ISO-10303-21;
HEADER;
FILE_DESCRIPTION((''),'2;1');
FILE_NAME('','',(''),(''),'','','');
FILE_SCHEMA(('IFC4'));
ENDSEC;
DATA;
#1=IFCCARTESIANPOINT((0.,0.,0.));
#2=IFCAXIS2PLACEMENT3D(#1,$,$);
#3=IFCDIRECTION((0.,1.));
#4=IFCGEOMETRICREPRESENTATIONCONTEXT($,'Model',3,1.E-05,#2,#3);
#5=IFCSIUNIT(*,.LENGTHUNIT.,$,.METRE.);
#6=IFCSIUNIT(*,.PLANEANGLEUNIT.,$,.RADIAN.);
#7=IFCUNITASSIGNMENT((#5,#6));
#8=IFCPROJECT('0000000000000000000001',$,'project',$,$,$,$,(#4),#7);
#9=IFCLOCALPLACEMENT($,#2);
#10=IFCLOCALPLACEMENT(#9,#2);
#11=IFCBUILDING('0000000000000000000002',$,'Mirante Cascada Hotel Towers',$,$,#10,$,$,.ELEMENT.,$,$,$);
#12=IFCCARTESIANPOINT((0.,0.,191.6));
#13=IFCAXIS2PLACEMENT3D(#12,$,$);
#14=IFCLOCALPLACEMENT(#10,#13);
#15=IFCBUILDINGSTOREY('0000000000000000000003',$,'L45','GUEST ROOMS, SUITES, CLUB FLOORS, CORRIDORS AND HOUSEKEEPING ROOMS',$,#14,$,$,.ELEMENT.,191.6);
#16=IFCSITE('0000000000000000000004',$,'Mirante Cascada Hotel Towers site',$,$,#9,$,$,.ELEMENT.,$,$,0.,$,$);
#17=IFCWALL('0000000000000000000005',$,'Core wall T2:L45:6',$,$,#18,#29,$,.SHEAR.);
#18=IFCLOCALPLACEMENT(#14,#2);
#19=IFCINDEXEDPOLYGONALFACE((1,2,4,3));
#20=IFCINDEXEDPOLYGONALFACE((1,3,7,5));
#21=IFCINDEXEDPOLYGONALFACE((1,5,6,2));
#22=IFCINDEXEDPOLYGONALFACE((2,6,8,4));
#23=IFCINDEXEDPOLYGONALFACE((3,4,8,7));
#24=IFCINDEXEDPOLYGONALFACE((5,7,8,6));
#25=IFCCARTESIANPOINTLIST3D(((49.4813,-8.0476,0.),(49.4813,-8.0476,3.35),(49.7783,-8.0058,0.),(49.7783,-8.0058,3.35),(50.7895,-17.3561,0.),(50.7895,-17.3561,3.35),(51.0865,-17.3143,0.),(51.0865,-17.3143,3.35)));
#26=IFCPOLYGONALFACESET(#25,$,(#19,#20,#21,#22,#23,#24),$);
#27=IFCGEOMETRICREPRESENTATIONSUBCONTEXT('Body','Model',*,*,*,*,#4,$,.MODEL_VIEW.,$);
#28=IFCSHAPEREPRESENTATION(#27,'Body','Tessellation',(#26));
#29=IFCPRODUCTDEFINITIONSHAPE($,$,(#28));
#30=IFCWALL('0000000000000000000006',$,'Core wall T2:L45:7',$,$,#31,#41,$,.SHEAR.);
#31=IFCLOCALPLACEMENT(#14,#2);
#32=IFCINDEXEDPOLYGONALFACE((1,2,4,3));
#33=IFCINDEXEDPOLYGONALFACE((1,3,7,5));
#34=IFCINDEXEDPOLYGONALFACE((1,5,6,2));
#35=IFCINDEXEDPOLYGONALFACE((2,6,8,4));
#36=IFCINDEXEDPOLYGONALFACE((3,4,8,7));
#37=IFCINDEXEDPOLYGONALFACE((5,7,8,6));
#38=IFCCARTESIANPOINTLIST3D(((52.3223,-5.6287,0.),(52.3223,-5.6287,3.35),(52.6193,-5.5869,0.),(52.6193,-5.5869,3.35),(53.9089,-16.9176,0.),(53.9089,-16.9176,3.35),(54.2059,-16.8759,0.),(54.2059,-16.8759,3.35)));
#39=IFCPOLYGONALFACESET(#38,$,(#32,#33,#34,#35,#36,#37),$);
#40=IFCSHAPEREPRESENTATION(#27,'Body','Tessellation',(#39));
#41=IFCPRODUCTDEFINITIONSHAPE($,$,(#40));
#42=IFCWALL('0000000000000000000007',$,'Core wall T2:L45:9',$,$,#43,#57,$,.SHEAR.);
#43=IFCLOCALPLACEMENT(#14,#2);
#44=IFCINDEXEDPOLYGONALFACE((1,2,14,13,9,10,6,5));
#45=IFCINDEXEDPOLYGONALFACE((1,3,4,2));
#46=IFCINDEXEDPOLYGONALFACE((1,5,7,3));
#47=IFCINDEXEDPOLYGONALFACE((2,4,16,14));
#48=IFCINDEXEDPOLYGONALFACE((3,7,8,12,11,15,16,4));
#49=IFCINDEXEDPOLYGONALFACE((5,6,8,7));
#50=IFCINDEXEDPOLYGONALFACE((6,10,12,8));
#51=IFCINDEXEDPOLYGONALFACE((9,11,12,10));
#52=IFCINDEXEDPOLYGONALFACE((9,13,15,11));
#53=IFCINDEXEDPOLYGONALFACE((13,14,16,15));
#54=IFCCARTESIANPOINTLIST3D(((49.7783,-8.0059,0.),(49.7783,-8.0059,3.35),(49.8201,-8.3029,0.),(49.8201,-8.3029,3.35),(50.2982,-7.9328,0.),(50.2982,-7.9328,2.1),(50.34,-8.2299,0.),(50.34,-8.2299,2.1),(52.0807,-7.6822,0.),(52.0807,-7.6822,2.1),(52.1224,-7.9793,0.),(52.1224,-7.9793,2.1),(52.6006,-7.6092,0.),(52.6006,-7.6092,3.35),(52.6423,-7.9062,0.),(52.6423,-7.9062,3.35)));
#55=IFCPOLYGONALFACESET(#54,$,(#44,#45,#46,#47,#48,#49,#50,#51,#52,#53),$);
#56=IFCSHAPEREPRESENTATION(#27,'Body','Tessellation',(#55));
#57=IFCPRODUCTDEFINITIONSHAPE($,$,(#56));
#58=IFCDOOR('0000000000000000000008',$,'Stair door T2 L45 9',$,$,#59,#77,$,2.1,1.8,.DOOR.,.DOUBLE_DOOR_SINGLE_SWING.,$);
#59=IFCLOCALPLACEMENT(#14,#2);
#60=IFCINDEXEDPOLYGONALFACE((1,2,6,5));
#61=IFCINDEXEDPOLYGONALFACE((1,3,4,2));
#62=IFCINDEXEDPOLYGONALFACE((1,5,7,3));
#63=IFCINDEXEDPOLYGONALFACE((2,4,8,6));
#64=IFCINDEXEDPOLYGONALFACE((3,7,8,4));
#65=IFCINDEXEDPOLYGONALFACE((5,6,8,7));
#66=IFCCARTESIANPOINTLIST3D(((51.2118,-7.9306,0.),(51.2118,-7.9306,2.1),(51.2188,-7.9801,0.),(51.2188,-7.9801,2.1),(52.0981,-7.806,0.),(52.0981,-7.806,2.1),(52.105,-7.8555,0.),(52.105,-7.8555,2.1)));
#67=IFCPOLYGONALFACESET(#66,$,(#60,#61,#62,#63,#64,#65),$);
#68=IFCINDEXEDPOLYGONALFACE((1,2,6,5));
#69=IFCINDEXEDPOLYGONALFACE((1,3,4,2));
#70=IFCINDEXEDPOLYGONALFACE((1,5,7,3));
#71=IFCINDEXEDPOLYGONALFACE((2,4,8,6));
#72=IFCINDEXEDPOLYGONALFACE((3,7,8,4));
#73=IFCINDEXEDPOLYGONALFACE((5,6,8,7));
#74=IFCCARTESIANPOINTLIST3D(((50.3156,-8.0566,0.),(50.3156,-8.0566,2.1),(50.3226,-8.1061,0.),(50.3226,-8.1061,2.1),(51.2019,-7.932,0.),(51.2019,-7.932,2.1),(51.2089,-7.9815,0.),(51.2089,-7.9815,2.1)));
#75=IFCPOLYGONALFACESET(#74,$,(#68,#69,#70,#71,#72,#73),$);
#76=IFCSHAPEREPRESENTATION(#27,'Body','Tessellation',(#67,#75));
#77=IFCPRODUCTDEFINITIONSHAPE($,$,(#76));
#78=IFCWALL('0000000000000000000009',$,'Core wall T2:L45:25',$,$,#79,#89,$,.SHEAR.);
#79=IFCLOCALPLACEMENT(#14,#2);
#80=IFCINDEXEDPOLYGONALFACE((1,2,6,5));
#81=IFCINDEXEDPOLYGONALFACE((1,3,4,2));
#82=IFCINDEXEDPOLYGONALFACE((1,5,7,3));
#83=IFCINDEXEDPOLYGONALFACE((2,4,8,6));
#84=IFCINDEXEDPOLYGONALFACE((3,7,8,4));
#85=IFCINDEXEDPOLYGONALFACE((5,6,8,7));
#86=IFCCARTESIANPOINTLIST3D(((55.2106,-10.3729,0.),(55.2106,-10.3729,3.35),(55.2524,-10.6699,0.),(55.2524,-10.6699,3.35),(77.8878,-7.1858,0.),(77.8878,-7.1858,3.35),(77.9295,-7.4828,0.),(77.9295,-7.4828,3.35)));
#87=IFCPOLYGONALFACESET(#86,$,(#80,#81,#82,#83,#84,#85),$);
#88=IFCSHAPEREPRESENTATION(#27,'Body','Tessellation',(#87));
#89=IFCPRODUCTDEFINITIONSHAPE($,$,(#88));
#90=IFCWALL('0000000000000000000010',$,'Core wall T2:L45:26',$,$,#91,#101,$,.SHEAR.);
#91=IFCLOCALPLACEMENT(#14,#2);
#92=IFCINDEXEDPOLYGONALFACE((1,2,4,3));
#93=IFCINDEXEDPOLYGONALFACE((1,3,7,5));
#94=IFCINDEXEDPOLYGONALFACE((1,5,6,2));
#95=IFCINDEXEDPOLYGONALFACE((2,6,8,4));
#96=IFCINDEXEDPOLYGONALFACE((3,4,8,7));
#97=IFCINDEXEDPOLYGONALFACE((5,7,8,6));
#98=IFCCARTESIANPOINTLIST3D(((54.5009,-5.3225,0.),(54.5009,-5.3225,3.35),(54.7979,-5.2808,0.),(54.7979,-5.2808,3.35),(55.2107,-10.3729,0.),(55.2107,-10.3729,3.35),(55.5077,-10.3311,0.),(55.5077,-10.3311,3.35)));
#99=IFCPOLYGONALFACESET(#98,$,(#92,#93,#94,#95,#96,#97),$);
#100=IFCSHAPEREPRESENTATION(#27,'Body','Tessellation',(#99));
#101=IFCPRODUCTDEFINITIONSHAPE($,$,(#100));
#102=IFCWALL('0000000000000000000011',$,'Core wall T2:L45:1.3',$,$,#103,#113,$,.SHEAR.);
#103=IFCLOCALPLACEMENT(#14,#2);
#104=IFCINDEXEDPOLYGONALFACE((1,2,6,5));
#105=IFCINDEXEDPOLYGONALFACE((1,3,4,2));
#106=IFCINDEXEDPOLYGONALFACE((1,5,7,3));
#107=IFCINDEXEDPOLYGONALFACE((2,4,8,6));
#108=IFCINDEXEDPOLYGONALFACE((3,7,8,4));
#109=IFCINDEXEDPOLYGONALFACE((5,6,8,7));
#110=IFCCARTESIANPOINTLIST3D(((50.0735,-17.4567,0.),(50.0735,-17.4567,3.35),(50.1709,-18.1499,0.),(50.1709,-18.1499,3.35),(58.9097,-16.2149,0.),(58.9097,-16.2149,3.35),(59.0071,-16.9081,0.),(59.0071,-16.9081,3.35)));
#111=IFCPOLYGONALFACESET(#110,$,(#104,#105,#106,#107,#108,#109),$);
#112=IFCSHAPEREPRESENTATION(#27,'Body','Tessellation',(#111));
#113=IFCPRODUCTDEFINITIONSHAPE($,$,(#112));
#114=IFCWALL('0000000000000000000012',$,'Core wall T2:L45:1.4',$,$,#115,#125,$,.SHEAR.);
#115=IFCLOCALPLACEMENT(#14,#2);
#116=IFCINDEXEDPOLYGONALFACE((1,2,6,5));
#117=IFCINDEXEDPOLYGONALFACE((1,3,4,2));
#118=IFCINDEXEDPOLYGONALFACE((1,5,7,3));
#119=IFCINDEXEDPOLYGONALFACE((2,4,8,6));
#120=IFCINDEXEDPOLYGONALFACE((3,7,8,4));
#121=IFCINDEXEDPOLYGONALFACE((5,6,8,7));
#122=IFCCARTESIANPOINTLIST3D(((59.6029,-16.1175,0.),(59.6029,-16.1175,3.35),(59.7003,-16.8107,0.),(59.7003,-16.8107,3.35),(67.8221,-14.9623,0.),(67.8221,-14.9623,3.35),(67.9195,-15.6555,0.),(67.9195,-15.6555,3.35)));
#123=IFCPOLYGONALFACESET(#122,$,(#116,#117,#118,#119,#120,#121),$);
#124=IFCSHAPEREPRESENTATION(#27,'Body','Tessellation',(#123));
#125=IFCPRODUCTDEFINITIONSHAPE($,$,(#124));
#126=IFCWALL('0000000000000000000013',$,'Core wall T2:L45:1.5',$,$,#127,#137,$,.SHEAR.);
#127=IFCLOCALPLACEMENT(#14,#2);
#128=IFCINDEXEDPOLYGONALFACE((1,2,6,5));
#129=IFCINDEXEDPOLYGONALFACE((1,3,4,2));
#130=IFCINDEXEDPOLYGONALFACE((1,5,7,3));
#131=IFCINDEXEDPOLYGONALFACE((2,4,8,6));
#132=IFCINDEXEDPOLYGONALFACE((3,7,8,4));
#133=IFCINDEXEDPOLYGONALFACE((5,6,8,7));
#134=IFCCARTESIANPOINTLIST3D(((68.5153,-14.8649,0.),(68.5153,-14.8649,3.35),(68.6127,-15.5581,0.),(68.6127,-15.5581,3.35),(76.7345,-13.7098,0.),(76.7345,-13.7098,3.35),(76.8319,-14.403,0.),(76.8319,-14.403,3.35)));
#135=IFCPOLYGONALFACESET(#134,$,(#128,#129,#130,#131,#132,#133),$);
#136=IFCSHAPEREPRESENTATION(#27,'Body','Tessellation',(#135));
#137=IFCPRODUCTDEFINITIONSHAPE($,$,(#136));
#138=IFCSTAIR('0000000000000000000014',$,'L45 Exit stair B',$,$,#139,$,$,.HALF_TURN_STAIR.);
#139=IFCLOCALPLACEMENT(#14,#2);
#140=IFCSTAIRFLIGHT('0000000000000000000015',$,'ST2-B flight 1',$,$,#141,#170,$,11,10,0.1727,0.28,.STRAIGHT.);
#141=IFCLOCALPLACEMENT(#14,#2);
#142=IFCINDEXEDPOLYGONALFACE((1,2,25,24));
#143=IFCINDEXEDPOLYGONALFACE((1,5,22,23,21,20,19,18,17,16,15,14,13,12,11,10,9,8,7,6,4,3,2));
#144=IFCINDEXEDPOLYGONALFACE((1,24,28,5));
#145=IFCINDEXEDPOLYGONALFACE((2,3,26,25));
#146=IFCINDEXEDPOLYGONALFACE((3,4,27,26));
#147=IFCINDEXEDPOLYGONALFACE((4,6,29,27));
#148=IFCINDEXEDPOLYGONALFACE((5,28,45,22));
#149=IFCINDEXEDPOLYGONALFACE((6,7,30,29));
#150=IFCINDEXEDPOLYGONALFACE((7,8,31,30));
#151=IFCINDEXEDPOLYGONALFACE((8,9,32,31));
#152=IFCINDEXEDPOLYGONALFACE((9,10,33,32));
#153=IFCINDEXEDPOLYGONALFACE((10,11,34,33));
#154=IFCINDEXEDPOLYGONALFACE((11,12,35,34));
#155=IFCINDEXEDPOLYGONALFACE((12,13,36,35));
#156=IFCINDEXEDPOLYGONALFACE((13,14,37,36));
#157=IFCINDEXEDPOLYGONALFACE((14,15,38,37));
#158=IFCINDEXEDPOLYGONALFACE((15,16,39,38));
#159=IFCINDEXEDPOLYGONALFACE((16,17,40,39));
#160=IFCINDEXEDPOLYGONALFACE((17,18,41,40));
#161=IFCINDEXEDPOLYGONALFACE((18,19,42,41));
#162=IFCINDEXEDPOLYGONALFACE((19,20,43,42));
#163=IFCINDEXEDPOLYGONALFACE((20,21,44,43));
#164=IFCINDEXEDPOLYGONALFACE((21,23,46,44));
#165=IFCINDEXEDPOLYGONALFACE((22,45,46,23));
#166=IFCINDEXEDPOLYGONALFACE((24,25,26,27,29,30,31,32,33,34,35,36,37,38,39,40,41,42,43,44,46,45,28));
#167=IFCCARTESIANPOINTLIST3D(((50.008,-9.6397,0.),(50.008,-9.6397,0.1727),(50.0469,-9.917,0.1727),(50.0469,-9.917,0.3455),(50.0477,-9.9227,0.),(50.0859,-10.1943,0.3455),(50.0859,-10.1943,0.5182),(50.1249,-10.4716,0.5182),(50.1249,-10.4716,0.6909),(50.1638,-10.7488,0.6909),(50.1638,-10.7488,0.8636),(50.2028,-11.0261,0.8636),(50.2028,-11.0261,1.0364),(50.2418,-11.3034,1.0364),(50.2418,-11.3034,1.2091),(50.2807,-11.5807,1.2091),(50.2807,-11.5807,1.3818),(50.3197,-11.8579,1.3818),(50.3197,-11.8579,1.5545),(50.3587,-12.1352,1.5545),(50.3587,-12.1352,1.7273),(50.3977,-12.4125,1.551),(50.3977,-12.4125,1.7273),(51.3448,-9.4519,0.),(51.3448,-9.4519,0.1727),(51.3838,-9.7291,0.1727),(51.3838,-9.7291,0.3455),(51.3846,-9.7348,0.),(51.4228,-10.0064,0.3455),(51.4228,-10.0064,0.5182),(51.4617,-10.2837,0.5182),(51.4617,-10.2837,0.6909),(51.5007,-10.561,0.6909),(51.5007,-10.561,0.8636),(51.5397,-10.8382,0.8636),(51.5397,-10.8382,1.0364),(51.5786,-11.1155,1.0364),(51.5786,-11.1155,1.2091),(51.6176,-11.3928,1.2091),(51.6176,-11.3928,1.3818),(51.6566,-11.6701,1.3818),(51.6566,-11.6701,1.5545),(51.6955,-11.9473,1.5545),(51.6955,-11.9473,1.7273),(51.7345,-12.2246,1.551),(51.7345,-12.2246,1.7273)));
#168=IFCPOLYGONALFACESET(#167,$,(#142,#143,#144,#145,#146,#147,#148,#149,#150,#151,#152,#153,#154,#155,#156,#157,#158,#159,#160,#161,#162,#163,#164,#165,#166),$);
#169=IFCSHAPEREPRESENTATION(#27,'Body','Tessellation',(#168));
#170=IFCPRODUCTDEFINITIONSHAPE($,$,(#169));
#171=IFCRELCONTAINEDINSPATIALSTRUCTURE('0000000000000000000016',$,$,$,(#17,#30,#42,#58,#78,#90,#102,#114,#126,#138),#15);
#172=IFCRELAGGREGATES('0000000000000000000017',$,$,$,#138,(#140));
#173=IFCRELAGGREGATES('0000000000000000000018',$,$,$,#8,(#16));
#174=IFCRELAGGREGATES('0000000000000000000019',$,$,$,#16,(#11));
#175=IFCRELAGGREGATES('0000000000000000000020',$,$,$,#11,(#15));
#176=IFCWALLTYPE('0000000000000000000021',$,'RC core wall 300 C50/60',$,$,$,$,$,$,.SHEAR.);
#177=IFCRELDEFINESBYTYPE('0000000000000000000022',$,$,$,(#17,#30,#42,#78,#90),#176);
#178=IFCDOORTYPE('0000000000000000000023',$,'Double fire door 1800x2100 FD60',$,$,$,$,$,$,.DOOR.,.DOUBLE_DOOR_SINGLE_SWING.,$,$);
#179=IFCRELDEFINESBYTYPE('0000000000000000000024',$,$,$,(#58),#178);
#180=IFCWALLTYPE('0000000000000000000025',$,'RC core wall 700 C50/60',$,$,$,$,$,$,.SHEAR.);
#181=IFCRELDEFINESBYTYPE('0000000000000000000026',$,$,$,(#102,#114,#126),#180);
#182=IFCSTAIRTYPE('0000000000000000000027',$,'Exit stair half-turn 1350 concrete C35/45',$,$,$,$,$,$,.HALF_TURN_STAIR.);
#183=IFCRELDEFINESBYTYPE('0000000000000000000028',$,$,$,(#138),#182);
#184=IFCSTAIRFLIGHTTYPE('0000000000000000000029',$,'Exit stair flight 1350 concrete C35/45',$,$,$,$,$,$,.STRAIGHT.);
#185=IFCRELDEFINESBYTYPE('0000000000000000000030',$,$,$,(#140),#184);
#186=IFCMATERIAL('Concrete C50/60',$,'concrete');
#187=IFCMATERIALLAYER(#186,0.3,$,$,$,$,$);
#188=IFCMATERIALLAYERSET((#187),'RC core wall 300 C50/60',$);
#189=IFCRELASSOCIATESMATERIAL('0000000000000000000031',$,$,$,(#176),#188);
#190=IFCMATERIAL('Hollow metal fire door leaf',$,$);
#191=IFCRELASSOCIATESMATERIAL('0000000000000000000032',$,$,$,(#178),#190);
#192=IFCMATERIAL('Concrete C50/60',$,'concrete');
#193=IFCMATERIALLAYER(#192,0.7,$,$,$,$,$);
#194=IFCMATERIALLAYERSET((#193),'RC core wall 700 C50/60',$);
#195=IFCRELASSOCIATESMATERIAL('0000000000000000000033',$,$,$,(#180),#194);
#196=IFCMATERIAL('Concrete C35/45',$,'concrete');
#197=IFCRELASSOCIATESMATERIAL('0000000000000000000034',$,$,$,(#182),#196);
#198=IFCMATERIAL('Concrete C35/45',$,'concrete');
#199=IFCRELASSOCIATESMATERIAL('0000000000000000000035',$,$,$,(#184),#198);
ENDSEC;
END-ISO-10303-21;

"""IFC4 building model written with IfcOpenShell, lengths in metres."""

from ifc_helpers import new_model, si_unit, direction, frame, frame_2d, origin, place, context, subcontext, project, spatial, polyline, rectangle, outline, extrude, material, layer, layer_set, type_object, element, fill, aggregate, save


model = new_model("IFC4")

# Units and contexts
model_context = context("Model", 3, precision=1e-05, world=origin(), true_north=direction((0.0, 1.0)))
body_context = subcontext(model_context, "Body", "Model", "MODEL_VIEW")
ifc_project = project(units=[si_unit("LENGTHUNIT", "METRE"), si_unit("PLANEANGLEUNIT", "RADIAN")], contexts=[model_context])

# Site, building, storey
site_placement = place(None, origin())
site = spatial("IfcSite", under=ifc_project, at=site_placement, Name="Mirante Cascada Hotel Towers site", CompositionType="ELEMENT", RefElevation=0.0)
building_placement = place(site_placement, origin())
building = spatial("IfcBuilding", under=site, at=building_placement, Name="Mirante Cascada Hotel Towers", CompositionType="ELEMENT")
storey_placement = place(building_placement, frame((0.0, 0.0, 191.6)))
storey = spatial("IfcBuildingStorey", under=building, at=storey_placement, Name="L45", Description="GUEST ROOMS, SUITES, CLUB FLOORS, CORRIDORS AND HOUSEKEEPING ROOMS", CompositionType="ELEMENT", Elevation=191.6)

# Walls
ifc_material_1 = material(Name="Concrete C50/60", Category="concrete")
ifc_layer_1 = layer(ifc_material_1, 0.3)
ifc_layer_set_1 = layer_set([ifc_layer_1], Name="RC core wall 300 C50/60")
wall_type_1 = type_object("IfcWallType", Name="RC core wall 300 C50/60", PredefinedType="SHEAR", material=ifc_layer_set_1)
wall_1_placement = place(storey_placement, frame((50.938, -17.3352, 0.0), z_axis=(0.0, 0.0, 1.0), x_axis=(-0.139171, 0.990268, 0.0)))
element("IfcWall", 1, at=wall_1_placement, inside=storey, type_object=wall_type_1, Name="Core wall T2:L45:6", PredefinedType="SHEAR", context=body_context, shape_type="SweptSolid", body=[
    extrude(rectangle(XDim=9.4, YDim=0.3, at=frame_2d((4.7, 0.0))), origin(), (0.0, 0.0, 1.0), 3.35),
])
wall_2_placement = place(storey_placement, frame((54.0574, -16.8968, 0.0), z_axis=(0.0, 0.0, 1.0), x_axis=(-0.139176, 0.990268, 0.0)))
element("IfcWall", 2, at=wall_2_placement, inside=storey, type_object=wall_type_1, Name="Core wall T2:L45:7", PredefinedType="SHEAR", context=body_context, shape_type="SweptSolid", body=[
    extrude(rectangle(XDim=11.3999, YDim=0.3, at=frame_2d((5.7, 0.0))), origin(), (0.0, 0.0, 1.0), 3.35),
])

# Wall, opening, door
wall_3_placement = place(storey_placement, frame((49.7992, -8.1544, 0.0), z_axis=(0.0, 0.0, 1.0), x_axis=(0.990266, 0.139191, 0.0)))
wall_3 = element("IfcWall", 3, at=wall_3_placement, inside=storey, type_object=wall_type_1, Name="Core wall T2:L45:9", PredefinedType="SHEAR", context=body_context, shape_type="SweptSolid", body=[
    extrude(rectangle(XDim=2.85, YDim=0.3, at=frame_2d((1.425, 0.0))), origin(), (0.0, 0.0, 1.0), 3.35),
])
opening_1_placement = place(wall_3_placement, frame((0.525, 0.0, 0.0)))
opening_1 = element("IfcOpeningElement", 4, at=opening_1_placement, cuts=wall_3, PredefinedType="OPENING", context=body_context, shape_type="SweptSolid", body=[
    extrude(rectangle(XDim=1.8, YDim=2.1, at=frame_2d((0.9, 1.05))), frame((0.0, 0.15, 0.0), z_axis=(0.0, -1.0, 0.0), x_axis=(1.0, 0.0, 0.0)), (0.0, 0.0, 1.0), 0.3),
])
ifc_material_2 = material(Name="Hollow metal fire door leaf")
door_type_1 = type_object("IfcDoorType", Name="Double fire door 1800x2100 FD60", OperationType="DOUBLE_DOOR_SINGLE_SWING", PredefinedType="DOOR", material=ifc_material_2)
door_1_placement = place(opening_1_placement, frame((1.8, 0.0, 0.0), z_axis=(0.0, 0.0, 1.0), x_axis=(-1.0, 0.0, 0.0)))
door_1 = element("IfcDoor", 5, at=door_1_placement, inside=storey, type_object=door_type_1, Name="Stair door T2 L45 9", OperationType="DOUBLE_DOOR_SINGLE_SWING", OverallHeight=2.1, OverallWidth=1.8, PredefinedType="DOOR", context=body_context, shape_type="SweptSolid", body=[
    extrude(rectangle(XDim=0.895, YDim=2.1, at=frame_2d((0.4475, 1.05))), frame((0.0, 0.025, 0.0), z_axis=(0.0, -1.0, 0.0), x_axis=(1.0, 0.0, 0.0)), (0.0, 0.0, 1.0), 0.05),
    extrude(rectangle(XDim=0.895, YDim=2.1, at=frame_2d((1.3525, 1.05))), frame((0.0, 0.025, 0.0), z_axis=(0.0, -1.0, 0.0), x_axis=(1.0, 0.0, 0.0)), (0.0, 0.0, 1.0), 0.05),
])
fill(opening_1, door_1)

# Walls
wall_4_placement = place(storey_placement, frame((55.2315, -10.5214, 0.0), z_axis=(0.0, 0.0, 1.0), x_axis=(0.990268, 0.139175, 0.0)))
element("IfcWall", 6, at=wall_4_placement, inside=storey, type_object=wall_type_1, Name="Core wall T2:L45:25", PredefinedType="SHEAR", context=body_context, shape_type="SweptSolid", body=[
    extrude(rectangle(XDim=22.9, YDim=0.3, at=frame_2d((11.45, 0.0))), origin(), (0.0, 0.0, 1.0), 3.35),
])
wall_5_placement = place(storey_placement, frame((55.3592, -10.352, 0.0), z_axis=(0.0, 0.0, 1.0), x_axis=(-0.139176, 0.990268, 0.0)))
element("IfcWall", 7, at=wall_5_placement, inside=storey, type_object=wall_type_1, Name="Core wall T2:L45:26", PredefinedType="SHEAR", context=body_context, shape_type="SweptSolid", body=[
    extrude(rectangle(XDim=5.1, YDim=0.3, at=frame_2d((2.55, 0.0))), origin(), (0.0, 0.0, 1.0), 3.35),
])
ifc_material_3 = material(Name="Concrete C50/60", Category="concrete")
ifc_layer_2 = layer(ifc_material_3, 0.7)
ifc_layer_set_2 = layer_set([ifc_layer_2], Name="RC core wall 700 C50/60")
wall_type_2 = type_object("IfcWallType", Name="RC core wall 700 C50/60", PredefinedType="SHEAR", material=ifc_layer_set_2)
wall_6_placement = place(storey_placement, frame((50.1222, -17.8033, 0.0), z_axis=(0.0, 0.0, 1.0), x_axis=(0.990269, 0.139168, 0.0)))
element("IfcWall", 8, at=wall_6_placement, inside=storey, type_object=wall_type_2, Name="Core wall T2:L45:1.3", PredefinedType="SHEAR", context=body_context, shape_type="SweptSolid", body=[
    extrude(rectangle(XDim=8.923, YDim=0.7, at=frame_2d((4.4615, 0.0))), origin(), (0.0, 0.0, 1.0), 3.35),
])
for number, where, z_axis, x_axis, name in (
    (9, (59.6516, -16.4641, 0.0), (0.0, 0.0, 1.0), (0.990267, 0.139181, 0.0), "Core wall T2:L45:1.4"),
    (10, (68.564, -15.2115, 0.0), (0.0, 0.0, 1.0), (0.990269, 0.139169, 0.0), "Core wall T2:L45:1.5"),
):
    element("IfcWall", number, at=place(storey_placement, frame(where, z_axis=z_axis, x_axis=x_axis)), inside=storey, type_object=wall_type_2, Name=name, PredefinedType="SHEAR", context=body_context, shape_type="SweptSolid", body=[
        extrude(rectangle(XDim=8.3, YDim=0.7, at=frame_2d((4.15, 0.0))), origin(), (0.0, 0.0, 1.0), 3.35),
    ])

# Stair, stair flight
ifc_material_4 = material(Name="Concrete C35/45", Category="concrete")
stair_type = type_object("IfcStairType", Name="Exit stair half-turn 1350 concrete C35/45", PredefinedType="HALF_TURN_STAIR", material=ifc_material_4)
stair_placement = place(storey_placement, origin())
stair = element("IfcStair", 11, at=stair_placement, inside=storey, type_object=stair_type, Name="L45 Exit stair B", PredefinedType="HALF_TURN_STAIR")
ifc_material_5 = material(Name="Concrete C35/45", Category="concrete")
stair_flight_type = type_object("IfcStairFlightType", Name="Exit stair flight 1350 concrete C35/45", PredefinedType="STRAIGHT", material=ifc_material_5)
stair_flight_1_placement = place(storey_placement, frame((50.6764, -9.5458, 0.0), z_axis=(0.0, 0.0, 1.0), x_axis=(0.139173, -0.990268, 0.0)))
stair_flight_1 = element("IfcStairFlight", 12, at=stair_flight_1_placement, type_object=stair_flight_type, Name="ST2-B flight 1", NumberOfRisers=11, NumberOfTreads=10, PredefinedType="STRAIGHT", RiserHeight=0.1727, TreadLength=0.28, context=body_context, shape_type="SweptSolid", body=[
    extrude(outline(polyline([(0.0, 0.0), (0.0, 0.1727), (0.28, 0.1727), (0.28, 0.3455), (0.56, 0.3455), (0.56, 0.5182), (0.84, 0.5182), (0.84, 0.6909), (1.12, 0.6909), (1.12, 0.8636), (1.4, 0.8636), (1.4, 1.0364), (1.68, 1.0364), (1.68, 1.2091), (1.96, 1.2091), (1.96, 1.3818), (2.24, 1.3818), (2.24, 1.5545), (2.52, 1.5545), (2.52, 1.7273), (2.8, 1.7273), (2.8, 1.9), (2.8, 1.551), (0.2857, 0.0), (0.0, 0.0)])), frame((0.0, 0.675, 0.0), z_axis=(0.0, -1.0, 0.0), x_axis=(1.0, 0.0, 0.0)), (0.0, 0.0, 1.0), 1.35),
])
aggregate(stair, [stair_flight_1])

save(model, "model.ifc")
